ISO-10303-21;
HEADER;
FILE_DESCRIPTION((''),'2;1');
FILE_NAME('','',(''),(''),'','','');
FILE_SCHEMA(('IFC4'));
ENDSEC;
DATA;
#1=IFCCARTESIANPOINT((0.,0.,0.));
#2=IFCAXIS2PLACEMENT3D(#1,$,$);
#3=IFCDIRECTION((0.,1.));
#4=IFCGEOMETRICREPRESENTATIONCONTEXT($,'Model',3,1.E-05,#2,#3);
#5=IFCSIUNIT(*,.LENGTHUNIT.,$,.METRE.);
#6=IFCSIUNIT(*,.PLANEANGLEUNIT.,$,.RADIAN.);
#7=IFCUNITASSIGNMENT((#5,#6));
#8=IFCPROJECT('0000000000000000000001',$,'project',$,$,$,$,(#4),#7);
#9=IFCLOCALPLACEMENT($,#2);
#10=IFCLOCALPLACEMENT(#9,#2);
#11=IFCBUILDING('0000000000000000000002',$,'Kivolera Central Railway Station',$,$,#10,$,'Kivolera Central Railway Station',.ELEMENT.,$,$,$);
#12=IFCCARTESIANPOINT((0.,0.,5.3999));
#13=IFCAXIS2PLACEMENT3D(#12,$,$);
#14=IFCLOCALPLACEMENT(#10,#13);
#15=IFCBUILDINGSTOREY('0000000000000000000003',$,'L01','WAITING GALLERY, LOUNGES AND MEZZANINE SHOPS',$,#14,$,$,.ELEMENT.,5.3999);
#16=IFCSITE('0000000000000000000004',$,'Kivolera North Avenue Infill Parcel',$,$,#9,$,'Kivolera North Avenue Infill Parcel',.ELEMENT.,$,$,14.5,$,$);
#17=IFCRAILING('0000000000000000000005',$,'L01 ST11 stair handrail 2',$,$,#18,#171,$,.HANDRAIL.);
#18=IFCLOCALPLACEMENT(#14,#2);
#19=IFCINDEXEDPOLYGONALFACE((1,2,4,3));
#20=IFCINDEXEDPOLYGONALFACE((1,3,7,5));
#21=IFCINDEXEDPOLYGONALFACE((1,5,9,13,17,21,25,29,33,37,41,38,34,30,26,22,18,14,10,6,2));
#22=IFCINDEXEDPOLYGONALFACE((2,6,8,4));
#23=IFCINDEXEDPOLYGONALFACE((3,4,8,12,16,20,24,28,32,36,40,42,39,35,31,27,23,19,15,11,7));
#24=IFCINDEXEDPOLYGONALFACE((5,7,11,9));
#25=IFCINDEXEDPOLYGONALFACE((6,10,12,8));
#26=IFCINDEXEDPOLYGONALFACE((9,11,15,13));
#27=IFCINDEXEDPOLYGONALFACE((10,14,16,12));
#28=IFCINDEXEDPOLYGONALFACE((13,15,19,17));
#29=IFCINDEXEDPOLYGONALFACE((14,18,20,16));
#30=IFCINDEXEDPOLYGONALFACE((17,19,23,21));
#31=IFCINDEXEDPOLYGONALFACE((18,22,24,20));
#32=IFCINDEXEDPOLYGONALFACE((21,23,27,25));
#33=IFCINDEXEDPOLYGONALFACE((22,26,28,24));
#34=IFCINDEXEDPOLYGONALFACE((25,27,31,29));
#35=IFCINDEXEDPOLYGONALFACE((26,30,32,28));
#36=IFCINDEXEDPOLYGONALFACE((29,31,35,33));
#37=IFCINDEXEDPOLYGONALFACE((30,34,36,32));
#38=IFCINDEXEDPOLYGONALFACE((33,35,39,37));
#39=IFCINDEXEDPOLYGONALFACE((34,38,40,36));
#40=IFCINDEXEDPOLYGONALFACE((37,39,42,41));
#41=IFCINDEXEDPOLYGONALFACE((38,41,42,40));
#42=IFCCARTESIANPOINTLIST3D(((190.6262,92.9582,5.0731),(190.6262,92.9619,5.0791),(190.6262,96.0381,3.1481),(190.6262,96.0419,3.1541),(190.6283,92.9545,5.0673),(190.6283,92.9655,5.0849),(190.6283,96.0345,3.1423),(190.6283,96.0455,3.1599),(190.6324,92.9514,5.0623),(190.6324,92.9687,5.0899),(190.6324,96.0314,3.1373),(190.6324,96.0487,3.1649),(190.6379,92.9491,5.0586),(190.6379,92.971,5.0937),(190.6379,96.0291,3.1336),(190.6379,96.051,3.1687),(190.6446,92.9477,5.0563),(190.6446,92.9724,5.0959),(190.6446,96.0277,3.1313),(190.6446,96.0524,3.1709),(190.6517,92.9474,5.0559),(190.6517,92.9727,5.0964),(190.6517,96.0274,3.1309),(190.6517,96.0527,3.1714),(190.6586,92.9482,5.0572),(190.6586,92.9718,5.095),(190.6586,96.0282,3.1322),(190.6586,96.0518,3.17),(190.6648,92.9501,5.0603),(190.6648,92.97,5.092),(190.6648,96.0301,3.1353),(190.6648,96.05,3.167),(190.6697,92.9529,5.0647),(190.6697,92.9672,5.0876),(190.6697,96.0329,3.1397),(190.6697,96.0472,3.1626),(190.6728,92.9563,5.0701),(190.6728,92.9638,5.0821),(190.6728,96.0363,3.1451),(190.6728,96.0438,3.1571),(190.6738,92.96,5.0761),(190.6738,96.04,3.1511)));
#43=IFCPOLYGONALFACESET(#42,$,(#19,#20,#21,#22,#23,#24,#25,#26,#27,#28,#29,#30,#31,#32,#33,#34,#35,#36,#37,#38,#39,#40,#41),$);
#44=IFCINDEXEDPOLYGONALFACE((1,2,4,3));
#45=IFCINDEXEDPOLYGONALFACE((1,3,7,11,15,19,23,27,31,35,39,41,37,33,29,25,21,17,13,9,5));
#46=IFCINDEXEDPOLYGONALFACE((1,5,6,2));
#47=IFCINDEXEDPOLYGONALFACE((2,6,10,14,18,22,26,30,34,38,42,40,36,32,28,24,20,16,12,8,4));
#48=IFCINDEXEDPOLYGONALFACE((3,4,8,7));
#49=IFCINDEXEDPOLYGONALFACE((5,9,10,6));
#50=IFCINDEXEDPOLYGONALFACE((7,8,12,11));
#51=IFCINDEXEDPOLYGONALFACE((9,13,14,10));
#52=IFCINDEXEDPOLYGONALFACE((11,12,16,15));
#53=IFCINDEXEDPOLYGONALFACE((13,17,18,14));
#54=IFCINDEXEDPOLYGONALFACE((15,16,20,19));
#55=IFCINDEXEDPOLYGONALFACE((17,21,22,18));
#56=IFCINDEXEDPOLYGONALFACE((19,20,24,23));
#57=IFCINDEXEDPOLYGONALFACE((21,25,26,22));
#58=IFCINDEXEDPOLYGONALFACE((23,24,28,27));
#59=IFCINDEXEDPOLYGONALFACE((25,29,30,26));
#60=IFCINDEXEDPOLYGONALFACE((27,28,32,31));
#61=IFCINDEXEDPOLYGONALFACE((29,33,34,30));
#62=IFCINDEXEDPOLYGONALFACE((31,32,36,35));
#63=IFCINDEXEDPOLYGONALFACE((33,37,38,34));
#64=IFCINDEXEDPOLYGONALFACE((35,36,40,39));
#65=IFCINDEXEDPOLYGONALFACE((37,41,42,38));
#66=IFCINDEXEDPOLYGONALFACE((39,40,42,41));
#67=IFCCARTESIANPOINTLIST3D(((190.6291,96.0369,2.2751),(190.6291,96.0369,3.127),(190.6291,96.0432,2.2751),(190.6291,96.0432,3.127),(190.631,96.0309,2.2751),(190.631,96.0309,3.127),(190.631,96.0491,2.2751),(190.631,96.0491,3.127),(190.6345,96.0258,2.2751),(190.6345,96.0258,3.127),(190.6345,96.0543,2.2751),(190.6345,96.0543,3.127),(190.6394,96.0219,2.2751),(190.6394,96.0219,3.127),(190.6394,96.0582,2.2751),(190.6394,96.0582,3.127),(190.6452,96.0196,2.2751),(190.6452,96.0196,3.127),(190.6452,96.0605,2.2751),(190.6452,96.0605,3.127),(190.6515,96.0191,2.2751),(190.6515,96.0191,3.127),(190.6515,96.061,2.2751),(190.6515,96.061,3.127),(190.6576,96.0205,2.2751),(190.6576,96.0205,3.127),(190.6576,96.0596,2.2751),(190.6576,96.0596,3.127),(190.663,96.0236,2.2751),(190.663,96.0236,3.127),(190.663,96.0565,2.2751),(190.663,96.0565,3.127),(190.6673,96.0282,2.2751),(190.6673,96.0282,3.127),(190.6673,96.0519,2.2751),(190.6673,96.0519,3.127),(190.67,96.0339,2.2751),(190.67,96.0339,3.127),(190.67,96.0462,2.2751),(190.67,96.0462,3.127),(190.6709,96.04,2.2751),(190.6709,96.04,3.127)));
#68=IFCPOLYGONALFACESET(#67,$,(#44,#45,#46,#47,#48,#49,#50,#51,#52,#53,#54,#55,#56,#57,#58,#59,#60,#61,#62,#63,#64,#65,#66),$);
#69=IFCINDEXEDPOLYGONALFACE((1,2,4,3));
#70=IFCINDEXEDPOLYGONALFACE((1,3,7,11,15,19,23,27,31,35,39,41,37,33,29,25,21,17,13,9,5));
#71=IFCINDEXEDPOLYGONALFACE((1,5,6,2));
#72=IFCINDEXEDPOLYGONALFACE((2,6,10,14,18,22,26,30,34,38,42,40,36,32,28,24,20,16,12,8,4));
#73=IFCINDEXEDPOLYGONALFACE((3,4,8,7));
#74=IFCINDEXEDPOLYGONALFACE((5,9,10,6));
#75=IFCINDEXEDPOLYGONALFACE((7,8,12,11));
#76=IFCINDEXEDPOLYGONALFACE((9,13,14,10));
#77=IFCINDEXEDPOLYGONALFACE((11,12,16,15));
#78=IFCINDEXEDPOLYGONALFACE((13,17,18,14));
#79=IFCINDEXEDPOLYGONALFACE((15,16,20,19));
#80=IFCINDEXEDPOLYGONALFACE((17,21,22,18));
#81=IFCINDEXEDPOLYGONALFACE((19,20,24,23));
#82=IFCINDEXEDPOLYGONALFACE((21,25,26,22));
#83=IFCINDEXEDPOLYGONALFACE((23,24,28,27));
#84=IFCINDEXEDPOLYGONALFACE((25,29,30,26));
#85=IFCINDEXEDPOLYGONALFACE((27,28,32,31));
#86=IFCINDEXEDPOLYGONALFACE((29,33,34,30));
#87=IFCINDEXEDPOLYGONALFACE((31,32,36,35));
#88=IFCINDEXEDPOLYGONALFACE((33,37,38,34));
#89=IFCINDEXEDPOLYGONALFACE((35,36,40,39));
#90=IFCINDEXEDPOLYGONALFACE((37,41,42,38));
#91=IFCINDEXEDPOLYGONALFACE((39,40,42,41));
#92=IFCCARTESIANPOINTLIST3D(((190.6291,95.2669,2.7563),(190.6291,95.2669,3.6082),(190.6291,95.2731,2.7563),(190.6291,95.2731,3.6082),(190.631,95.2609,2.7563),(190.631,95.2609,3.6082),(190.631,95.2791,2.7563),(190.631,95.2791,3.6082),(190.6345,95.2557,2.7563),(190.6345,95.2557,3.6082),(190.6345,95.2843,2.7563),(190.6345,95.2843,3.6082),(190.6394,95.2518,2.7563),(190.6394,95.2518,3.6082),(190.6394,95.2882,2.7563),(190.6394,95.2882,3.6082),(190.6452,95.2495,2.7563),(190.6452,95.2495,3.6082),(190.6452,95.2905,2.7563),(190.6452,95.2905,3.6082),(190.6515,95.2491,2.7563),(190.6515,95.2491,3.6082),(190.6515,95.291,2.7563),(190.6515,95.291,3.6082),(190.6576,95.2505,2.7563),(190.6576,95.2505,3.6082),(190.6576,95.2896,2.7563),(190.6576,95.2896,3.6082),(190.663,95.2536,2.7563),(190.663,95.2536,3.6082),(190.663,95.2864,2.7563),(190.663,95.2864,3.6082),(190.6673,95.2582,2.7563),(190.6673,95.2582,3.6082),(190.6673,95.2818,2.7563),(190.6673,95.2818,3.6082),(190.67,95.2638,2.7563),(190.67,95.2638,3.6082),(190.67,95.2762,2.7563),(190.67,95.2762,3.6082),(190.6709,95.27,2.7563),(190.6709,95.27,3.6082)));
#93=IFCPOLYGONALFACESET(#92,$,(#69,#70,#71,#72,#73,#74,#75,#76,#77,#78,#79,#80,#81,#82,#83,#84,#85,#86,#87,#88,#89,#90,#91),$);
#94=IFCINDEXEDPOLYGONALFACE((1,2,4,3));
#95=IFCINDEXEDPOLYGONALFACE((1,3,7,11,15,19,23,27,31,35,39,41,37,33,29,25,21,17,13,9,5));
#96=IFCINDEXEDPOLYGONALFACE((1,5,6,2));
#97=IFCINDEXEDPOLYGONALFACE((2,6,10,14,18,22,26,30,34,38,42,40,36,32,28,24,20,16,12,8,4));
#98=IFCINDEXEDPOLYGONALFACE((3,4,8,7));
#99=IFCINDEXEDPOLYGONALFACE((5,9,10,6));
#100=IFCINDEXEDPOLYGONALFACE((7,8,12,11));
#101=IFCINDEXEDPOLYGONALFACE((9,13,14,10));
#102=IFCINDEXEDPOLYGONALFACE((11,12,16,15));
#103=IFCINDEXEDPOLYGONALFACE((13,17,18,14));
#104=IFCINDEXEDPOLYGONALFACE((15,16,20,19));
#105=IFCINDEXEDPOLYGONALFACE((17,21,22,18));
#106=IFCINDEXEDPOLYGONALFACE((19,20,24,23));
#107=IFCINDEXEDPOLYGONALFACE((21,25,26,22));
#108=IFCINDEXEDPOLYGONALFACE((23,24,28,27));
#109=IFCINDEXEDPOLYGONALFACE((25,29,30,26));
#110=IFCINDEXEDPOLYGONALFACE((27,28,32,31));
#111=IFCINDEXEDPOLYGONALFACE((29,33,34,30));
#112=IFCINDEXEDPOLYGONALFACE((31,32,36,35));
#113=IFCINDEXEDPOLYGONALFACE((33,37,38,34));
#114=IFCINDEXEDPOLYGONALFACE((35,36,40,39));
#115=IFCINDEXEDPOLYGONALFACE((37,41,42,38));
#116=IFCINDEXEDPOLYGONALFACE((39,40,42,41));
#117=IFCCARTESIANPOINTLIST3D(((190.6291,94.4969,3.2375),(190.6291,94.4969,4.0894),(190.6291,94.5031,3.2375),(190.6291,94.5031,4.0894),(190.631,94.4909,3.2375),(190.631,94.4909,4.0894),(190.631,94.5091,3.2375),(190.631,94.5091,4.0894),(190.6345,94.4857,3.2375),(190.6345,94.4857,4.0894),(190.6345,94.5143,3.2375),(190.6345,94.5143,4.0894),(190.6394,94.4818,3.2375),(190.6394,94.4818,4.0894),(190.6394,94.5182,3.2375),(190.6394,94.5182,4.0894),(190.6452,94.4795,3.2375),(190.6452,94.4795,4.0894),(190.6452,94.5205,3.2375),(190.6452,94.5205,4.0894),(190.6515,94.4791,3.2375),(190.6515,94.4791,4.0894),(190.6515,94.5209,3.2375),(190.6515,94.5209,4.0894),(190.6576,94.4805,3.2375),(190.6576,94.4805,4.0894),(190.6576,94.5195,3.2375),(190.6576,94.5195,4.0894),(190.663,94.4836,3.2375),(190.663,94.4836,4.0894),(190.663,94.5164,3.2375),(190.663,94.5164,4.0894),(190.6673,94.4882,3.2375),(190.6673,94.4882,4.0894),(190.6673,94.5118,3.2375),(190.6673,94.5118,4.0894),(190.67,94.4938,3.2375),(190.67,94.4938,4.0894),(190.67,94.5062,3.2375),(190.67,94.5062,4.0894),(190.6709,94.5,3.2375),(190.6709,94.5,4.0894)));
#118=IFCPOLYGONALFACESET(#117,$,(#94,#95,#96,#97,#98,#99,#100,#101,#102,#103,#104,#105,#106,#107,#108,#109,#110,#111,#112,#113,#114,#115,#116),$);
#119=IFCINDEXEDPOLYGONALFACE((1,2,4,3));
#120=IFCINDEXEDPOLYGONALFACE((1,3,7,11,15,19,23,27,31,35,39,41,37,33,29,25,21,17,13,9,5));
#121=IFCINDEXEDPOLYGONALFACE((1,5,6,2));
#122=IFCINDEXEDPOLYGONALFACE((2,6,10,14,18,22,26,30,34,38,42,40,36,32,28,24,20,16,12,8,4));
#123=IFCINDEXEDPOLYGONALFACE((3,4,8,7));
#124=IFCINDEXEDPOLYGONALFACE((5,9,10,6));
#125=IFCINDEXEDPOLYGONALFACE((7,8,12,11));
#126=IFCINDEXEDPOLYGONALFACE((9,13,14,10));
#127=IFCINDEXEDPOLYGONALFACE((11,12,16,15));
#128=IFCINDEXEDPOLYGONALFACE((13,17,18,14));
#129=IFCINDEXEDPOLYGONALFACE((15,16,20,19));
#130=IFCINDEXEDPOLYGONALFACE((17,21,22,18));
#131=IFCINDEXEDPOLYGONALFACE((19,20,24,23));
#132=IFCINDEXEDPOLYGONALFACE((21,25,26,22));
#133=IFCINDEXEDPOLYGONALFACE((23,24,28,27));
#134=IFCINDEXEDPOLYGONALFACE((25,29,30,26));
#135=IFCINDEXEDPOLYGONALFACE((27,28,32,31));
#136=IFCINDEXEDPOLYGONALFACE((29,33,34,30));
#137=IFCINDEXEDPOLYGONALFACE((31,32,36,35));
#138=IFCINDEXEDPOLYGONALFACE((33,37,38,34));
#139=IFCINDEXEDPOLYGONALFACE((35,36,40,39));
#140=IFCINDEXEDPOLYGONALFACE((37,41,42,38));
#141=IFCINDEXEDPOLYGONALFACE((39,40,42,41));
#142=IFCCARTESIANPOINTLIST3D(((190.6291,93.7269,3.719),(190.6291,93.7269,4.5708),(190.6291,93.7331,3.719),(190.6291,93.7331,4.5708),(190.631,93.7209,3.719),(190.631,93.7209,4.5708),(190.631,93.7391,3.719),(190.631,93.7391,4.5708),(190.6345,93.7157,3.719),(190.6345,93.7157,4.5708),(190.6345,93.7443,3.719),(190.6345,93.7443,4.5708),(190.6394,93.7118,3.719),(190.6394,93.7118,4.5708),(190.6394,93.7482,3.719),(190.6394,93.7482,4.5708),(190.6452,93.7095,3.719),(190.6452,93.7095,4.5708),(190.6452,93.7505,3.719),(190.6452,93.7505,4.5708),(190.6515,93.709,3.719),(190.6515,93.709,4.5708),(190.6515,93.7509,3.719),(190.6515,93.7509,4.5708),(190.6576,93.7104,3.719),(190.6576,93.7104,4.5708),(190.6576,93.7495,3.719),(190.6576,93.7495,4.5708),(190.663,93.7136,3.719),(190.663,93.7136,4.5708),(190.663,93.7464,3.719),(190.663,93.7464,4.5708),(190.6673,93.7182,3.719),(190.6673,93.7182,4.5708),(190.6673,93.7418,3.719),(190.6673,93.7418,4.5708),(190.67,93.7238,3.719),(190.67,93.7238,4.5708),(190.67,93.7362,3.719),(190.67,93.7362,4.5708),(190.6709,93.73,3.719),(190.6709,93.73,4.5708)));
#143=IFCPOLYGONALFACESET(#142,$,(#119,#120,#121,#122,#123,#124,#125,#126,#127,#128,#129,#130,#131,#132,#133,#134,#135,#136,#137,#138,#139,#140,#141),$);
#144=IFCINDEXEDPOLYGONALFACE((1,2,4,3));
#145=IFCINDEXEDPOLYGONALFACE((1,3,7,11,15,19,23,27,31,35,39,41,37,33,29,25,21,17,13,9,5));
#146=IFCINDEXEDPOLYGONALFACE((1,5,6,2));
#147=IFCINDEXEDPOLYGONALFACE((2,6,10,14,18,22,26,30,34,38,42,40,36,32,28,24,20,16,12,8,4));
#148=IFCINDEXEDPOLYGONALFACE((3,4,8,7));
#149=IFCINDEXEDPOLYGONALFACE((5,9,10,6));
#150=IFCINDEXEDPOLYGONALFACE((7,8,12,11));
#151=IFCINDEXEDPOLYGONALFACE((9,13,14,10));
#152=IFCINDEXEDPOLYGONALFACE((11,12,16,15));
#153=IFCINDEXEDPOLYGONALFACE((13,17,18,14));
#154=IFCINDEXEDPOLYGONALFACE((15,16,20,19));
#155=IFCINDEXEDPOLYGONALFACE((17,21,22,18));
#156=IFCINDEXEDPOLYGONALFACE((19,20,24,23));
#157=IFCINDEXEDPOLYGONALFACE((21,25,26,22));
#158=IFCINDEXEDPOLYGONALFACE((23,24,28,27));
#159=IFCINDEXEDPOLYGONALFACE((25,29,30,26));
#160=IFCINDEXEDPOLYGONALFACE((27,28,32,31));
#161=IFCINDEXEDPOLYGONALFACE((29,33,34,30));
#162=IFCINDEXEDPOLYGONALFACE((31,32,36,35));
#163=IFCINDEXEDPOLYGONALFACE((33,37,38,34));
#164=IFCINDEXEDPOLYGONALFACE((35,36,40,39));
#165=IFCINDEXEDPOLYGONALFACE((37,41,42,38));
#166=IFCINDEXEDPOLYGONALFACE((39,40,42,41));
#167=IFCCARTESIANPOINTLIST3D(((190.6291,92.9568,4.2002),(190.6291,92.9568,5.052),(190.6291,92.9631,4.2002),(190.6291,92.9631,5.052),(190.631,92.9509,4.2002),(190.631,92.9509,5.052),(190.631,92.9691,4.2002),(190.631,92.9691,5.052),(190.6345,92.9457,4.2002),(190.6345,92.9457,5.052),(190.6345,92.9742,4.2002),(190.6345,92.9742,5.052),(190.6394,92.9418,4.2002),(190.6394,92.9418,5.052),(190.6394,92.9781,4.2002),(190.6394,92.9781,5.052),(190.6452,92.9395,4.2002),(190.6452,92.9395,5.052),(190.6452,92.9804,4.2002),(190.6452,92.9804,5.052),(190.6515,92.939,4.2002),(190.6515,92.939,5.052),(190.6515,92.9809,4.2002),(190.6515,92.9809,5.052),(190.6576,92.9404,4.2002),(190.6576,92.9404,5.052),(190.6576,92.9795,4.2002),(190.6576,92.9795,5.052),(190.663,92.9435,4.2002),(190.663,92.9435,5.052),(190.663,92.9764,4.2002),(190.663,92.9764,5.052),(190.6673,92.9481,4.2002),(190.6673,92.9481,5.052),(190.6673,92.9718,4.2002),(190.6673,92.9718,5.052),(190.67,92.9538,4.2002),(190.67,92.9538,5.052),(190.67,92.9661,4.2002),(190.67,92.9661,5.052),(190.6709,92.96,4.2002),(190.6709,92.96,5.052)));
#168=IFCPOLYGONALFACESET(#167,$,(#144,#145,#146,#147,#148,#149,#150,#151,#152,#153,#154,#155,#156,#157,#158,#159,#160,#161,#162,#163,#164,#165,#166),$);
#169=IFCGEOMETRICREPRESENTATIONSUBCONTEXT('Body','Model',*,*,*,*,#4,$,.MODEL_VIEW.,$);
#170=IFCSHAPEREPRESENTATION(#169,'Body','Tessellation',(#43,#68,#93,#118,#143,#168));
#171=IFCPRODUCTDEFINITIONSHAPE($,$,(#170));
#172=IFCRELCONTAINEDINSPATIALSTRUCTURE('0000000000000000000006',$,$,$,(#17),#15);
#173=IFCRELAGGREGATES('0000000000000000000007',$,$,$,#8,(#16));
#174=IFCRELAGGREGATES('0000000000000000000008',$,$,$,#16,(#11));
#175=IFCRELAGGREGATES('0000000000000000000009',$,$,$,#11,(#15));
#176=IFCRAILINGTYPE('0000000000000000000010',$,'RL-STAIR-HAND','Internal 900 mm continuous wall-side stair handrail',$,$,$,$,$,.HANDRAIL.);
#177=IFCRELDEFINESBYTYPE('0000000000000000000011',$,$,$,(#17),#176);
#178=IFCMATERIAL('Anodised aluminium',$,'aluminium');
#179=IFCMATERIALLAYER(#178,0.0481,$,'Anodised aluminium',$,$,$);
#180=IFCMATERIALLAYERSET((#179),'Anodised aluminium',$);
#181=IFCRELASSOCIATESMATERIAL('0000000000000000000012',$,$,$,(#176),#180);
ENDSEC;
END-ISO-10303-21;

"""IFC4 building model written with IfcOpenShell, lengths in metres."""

from ifc_helpers import new_model, si_unit, direction, frame, origin, origin_2d, place, context, subcontext, project, spatial, circle, extrude, material, layer, layer_set, type_object, element, save


model = new_model("IFC4")

# Units and contexts
model_context = context("Model", 3, precision=1e-05, world=origin(), true_north=direction((0.0, 1.0)))
body_context = subcontext(model_context, "Body", "Model", "MODEL_VIEW")
ifc_project = project(units=[si_unit("LENGTHUNIT", "METRE"), si_unit("PLANEANGLEUNIT", "RADIAN")], contexts=[model_context])

# Site, building, storey
site_placement = place(None, origin())
site = spatial("IfcSite", under=ifc_project, at=site_placement, Name="Kivolera North Avenue Infill Parcel", LongName="Kivolera North Avenue Infill Parcel", CompositionType="ELEMENT", RefElevation=14.5)
building_placement = place(site_placement, origin())
building = spatial("IfcBuilding", under=site, at=building_placement, Name="Kivolera Central Railway Station", LongName="Kivolera Central Railway Station", CompositionType="ELEMENT")
storey_placement = place(building_placement, frame((0.0, 0.0, 5.3999)))
storey = spatial("IfcBuildingStorey", under=building, at=storey_placement, Name="L01", Description="WAITING GALLERY, LOUNGES AND MEZZANINE SHOPS", CompositionType="ELEMENT", Elevation=5.3999)

# Shared definitions
ifc_material_1 = material(Name="Anodised aluminium", Category="aluminium")

# Railing
ifc_layer_1 = layer(ifc_material_1, 0.0481, Name="Anodised aluminium")
ifc_layer_set_1 = layer_set([ifc_layer_1], Name="Anodised aluminium")
railing_type_1 = type_object("IfcRailingType", Name="RL-STAIR-HAND", Description="Internal 900 mm continuous wall-side stair handrail", PredefinedType="HANDRAIL", material=ifc_layer_set_1)
railing_1_placement = place(storey_placement, frame((190.6499, 96.04, 2.2751)))
element("IfcRailing", 1, at=railing_1_placement, inside=storey, type_object=railing_type_1, Name="L01 ST11 stair handrail 2", PredefinedType="HANDRAIL", context=body_context, shape_type="SweptSolid", body=[
    extrude(circle(Radius=0.0239, at=origin_2d()), frame((0.0, 0.0, 0.876), z_axis=(0.0, -0.847998, 0.529999), x_axis=(1.0, 0.0, 0.0)), (0.0, 0.0, 1.0), 3.6321),
    extrude(circle(Radius=0.021, at=origin_2d()), origin(), (0.0, 0.0, 1.0), 0.8518),
    extrude(circle(Radius=0.021, at=origin_2d()), frame((0.0, -0.77, 0.4812)), (0.0, 0.0, 1.0), 0.8518),
    extrude(circle(Radius=0.021, at=origin_2d()), frame((0.0, -1.54, 0.9624)), (0.0, 0.0, 1.0), 0.8518),
    extrude(circle(Radius=0.021, at=origin_2d()), frame((0.0, -2.3101, 1.4438)), (0.0, 0.0, 1.0), 0.8518),
    extrude(circle(Radius=0.021, at=origin_2d()), frame((0.0, -3.0801, 1.925)), (0.0, 0.0, 1.0), 0.8518),
])

save(model, "model.ifc")
